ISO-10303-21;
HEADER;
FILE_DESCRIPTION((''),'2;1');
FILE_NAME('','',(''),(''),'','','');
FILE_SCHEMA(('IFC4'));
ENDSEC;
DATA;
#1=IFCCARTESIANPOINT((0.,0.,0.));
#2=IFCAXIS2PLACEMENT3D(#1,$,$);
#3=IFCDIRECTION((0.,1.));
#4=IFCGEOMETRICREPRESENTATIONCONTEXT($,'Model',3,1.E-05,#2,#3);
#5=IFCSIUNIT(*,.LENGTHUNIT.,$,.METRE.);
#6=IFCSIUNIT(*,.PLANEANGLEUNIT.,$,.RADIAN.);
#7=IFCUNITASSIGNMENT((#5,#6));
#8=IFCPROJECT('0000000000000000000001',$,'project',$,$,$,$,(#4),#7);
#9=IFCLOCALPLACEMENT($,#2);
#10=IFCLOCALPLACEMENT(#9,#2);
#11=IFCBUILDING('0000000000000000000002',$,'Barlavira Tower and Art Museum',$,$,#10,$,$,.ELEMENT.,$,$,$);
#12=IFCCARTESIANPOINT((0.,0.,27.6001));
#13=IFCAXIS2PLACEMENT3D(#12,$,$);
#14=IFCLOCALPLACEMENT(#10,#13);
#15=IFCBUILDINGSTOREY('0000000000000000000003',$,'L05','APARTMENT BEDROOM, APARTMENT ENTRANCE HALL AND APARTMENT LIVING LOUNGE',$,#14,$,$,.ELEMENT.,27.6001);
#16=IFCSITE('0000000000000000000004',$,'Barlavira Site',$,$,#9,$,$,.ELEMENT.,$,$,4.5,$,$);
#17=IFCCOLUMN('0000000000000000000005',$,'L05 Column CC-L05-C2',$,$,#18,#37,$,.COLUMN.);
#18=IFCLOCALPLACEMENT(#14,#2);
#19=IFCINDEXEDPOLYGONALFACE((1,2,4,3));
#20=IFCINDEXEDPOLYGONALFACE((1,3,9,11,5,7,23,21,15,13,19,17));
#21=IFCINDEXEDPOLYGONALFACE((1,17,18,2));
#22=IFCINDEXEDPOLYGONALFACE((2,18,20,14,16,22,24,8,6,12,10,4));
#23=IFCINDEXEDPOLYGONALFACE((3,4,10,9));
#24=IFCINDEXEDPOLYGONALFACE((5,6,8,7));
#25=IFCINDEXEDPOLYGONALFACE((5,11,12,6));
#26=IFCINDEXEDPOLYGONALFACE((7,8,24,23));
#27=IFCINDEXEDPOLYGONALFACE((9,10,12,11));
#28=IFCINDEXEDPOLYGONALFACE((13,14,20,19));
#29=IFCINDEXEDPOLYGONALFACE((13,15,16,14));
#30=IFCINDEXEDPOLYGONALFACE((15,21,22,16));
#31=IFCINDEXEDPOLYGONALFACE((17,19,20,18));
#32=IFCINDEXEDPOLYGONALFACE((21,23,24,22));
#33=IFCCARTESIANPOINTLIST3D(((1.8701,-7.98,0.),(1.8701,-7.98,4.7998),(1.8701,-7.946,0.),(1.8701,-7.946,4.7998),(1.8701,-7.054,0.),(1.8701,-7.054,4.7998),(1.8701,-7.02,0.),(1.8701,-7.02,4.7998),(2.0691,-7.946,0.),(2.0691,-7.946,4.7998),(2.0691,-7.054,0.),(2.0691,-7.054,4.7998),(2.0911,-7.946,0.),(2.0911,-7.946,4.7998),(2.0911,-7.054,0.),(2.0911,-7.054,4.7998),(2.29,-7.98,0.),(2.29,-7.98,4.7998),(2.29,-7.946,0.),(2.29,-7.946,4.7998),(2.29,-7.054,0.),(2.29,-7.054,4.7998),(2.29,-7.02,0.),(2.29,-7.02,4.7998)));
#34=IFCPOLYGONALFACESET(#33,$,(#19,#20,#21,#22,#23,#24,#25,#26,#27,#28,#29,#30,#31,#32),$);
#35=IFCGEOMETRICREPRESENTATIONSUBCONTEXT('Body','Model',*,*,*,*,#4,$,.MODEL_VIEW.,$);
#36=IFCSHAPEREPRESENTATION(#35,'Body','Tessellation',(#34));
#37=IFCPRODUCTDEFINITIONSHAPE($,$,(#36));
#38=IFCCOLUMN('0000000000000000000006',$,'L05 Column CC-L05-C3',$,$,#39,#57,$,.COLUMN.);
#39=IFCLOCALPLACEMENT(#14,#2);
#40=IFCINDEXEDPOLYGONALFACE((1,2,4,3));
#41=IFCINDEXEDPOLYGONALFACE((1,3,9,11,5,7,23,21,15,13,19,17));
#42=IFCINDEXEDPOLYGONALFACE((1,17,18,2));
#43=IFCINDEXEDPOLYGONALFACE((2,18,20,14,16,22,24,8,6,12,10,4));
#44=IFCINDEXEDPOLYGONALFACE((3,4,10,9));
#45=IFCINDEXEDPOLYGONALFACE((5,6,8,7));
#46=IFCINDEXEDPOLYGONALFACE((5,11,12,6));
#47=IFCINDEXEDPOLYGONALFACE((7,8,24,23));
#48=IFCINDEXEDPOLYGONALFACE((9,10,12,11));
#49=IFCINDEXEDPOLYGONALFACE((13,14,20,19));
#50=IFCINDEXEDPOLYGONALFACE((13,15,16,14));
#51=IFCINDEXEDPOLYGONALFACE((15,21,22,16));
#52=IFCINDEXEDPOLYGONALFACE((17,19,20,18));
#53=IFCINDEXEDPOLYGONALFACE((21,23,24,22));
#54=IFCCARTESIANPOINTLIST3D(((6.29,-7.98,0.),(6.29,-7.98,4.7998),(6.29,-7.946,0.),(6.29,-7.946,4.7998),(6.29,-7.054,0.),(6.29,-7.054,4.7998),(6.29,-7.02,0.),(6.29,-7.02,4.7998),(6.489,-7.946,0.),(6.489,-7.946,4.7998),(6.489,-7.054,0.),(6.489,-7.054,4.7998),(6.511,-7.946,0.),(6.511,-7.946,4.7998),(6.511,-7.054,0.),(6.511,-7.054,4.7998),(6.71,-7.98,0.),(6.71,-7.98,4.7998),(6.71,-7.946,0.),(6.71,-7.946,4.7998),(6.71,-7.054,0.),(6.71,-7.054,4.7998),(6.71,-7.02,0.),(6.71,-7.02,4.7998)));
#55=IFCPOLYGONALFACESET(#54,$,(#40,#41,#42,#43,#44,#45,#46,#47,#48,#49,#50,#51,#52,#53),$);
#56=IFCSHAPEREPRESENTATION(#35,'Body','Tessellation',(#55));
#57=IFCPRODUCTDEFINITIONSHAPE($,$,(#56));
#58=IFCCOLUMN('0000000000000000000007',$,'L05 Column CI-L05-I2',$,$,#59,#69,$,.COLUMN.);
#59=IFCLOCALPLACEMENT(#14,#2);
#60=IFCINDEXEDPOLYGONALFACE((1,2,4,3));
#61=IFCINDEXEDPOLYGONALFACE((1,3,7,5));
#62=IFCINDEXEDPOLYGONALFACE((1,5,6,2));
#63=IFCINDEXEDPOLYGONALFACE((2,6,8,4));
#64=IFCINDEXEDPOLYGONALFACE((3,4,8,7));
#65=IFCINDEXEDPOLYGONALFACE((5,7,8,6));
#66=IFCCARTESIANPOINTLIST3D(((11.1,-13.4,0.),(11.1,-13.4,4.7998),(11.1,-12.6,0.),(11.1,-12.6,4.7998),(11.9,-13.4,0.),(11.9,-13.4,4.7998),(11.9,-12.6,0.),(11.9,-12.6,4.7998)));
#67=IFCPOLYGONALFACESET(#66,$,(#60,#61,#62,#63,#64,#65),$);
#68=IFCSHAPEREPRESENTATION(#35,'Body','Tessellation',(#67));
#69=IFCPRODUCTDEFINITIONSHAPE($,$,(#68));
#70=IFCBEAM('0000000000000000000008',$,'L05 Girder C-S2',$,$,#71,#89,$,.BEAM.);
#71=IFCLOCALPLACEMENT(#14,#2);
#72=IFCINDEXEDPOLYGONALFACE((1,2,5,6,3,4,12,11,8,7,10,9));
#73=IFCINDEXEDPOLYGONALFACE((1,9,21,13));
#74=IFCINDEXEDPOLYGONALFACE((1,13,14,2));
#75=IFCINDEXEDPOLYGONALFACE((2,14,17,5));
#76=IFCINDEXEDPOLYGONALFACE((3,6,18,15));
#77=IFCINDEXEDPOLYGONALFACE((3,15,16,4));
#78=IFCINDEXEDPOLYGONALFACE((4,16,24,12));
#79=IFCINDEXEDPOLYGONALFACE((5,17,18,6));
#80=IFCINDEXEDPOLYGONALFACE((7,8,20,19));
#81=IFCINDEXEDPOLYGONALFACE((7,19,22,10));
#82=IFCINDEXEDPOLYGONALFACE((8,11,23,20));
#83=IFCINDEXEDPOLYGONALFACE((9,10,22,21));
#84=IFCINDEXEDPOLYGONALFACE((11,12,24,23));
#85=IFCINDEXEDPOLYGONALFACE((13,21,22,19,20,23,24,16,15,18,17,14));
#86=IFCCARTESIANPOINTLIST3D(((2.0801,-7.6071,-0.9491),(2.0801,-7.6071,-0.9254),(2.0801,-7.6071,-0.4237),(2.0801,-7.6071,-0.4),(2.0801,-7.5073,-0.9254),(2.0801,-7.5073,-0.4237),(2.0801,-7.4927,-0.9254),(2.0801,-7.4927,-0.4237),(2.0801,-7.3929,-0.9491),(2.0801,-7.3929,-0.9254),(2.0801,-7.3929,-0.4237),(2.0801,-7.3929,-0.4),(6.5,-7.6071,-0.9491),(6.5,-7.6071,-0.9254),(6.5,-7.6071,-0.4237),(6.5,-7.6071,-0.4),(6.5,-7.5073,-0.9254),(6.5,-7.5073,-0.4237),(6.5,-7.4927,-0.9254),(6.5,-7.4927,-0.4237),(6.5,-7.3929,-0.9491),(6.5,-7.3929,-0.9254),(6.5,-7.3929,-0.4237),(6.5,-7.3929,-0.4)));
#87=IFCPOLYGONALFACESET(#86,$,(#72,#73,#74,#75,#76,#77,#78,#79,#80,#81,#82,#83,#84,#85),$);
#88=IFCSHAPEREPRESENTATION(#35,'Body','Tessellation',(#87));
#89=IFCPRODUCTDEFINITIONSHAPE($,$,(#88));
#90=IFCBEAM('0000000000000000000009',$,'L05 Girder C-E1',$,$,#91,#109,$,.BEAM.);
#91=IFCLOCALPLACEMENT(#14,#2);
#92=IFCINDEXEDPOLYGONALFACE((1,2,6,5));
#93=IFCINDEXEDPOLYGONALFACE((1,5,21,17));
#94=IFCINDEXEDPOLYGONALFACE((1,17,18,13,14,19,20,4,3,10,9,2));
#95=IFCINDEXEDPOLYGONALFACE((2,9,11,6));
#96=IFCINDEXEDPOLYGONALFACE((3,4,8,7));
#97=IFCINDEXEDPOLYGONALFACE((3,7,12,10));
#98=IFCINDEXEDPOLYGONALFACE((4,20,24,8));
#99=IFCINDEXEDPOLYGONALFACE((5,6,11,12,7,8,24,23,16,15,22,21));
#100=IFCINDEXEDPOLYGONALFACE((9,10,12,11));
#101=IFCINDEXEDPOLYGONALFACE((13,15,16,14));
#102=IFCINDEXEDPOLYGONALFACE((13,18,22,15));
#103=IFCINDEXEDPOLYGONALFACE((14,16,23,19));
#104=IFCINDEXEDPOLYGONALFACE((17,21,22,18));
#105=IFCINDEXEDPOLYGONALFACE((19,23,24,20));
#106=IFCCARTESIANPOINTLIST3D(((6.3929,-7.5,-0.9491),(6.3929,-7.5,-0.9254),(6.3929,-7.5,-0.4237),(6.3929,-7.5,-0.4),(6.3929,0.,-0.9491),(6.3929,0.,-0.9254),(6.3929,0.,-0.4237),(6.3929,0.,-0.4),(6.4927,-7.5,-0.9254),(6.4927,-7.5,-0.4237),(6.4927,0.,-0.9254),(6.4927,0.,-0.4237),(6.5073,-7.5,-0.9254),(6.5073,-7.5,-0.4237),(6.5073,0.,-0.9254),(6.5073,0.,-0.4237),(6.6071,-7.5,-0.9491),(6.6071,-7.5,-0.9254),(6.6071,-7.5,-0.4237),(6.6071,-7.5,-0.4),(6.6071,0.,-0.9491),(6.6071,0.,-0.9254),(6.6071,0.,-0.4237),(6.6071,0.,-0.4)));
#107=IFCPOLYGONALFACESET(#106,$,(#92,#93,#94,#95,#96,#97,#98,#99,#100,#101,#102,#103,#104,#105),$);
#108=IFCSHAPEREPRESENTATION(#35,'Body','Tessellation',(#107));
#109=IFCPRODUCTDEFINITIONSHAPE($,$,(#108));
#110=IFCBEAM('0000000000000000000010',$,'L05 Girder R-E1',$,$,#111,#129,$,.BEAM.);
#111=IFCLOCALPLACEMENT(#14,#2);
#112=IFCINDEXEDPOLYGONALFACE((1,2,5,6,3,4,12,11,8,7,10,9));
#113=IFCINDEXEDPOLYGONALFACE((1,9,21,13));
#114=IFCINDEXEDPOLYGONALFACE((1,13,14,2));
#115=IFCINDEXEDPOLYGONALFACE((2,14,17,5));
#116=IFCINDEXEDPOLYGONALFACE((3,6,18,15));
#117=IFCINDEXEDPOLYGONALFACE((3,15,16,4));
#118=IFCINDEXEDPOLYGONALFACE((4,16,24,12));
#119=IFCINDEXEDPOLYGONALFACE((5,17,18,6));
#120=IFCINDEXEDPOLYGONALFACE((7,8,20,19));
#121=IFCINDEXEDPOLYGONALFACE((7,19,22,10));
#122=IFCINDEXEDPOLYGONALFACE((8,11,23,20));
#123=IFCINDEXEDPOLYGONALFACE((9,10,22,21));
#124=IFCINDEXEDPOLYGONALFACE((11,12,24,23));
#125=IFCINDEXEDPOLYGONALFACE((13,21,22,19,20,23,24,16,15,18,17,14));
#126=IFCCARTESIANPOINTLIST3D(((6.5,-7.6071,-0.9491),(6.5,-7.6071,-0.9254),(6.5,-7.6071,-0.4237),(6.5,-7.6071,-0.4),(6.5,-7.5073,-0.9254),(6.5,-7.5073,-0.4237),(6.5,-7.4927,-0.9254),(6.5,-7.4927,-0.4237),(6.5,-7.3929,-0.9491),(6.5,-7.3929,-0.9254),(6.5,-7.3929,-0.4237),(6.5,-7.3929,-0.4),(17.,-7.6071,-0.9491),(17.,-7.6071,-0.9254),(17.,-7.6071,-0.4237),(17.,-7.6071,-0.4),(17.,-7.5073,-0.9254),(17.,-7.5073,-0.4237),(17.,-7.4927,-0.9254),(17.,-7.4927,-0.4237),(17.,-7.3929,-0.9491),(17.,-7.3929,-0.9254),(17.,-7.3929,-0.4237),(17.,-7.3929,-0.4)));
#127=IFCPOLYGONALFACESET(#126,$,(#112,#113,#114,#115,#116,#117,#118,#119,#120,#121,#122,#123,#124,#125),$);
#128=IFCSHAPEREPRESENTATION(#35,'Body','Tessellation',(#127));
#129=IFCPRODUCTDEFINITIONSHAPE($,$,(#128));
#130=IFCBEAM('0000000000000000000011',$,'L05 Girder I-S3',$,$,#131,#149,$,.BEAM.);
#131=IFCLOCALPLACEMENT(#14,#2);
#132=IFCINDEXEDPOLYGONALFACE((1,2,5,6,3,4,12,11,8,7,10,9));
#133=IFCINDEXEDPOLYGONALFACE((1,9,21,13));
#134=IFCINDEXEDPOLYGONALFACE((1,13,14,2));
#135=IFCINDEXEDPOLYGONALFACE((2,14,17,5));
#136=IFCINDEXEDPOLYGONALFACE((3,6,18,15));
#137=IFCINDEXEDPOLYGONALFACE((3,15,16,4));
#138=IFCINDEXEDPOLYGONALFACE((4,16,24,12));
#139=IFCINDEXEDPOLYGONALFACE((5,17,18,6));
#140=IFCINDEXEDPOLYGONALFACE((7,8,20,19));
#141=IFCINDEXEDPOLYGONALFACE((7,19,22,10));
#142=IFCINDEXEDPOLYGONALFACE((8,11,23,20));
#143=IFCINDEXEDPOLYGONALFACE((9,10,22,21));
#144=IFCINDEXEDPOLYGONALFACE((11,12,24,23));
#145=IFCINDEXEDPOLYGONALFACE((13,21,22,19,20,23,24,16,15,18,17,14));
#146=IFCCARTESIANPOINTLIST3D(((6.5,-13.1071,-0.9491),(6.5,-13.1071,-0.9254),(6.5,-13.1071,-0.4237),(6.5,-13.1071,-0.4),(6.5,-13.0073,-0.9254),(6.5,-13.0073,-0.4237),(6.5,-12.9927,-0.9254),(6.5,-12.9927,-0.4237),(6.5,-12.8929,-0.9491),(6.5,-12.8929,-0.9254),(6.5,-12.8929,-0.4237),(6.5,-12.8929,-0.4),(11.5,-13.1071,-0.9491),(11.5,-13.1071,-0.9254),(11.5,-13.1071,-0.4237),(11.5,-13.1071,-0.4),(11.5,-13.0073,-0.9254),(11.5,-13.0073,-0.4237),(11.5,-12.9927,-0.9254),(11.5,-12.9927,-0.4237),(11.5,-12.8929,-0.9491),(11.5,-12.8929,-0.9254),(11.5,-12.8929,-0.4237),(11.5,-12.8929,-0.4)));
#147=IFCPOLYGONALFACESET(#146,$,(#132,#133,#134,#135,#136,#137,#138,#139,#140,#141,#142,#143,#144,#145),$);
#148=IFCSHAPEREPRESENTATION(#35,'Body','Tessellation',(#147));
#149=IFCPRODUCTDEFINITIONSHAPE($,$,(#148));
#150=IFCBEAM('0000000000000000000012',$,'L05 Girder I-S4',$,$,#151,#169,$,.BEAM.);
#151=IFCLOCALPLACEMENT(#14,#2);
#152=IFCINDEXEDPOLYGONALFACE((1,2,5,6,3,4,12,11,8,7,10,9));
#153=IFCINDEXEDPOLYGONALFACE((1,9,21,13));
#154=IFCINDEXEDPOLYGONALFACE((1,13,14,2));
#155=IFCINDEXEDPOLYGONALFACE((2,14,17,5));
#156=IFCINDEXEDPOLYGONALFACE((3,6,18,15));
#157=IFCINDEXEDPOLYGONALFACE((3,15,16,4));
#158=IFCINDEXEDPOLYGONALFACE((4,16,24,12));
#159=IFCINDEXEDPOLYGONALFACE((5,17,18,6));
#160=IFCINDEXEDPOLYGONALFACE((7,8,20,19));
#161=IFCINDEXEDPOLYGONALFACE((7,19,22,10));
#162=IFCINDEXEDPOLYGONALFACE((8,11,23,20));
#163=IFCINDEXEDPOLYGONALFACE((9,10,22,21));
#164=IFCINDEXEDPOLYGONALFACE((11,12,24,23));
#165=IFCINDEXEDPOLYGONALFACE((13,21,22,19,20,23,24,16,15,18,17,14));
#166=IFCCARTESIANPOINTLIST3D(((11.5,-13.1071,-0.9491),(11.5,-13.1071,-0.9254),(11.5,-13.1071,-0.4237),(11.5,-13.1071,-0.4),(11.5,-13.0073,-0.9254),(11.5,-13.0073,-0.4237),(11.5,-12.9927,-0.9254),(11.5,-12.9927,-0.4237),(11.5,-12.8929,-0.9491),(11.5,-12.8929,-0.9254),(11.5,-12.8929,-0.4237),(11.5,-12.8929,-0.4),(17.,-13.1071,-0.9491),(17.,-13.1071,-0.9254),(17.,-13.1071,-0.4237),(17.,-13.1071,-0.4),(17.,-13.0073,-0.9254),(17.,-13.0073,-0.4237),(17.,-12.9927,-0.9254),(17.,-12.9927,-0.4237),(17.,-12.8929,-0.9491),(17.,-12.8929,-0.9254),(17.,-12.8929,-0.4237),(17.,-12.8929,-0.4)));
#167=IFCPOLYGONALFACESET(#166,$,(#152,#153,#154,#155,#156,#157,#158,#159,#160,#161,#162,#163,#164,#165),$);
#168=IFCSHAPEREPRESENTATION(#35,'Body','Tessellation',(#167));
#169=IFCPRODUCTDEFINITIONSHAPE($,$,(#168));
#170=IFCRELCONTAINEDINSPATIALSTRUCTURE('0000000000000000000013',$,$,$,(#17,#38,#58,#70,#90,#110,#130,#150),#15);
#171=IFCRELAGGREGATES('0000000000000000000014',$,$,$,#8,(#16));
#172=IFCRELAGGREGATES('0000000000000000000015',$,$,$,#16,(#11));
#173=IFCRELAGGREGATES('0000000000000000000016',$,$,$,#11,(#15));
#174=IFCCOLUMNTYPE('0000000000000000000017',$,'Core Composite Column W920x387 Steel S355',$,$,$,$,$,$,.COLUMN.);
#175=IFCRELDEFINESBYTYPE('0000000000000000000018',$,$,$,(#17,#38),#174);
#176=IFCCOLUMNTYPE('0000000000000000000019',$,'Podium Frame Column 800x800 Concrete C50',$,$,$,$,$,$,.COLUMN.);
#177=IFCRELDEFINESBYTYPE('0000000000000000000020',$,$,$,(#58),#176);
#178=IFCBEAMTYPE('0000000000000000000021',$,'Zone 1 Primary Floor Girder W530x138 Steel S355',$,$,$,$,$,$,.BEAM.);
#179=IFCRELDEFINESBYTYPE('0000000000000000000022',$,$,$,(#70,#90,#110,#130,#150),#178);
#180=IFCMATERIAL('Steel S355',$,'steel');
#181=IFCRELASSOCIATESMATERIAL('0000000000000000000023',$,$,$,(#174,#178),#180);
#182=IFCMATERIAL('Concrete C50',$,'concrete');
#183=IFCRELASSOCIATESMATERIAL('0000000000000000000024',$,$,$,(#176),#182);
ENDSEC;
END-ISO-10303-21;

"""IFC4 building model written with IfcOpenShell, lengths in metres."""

from ifc_helpers import new_model, si_unit, direction, frame, origin, origin_2d, place, context, subcontext, project, spatial, rectangle, i_section, extrude, material, material_profile, profile_set, type_object, element, save


model = new_model("IFC4")

# Units and contexts
model_context = context("Model", 3, precision=1e-05, world=origin(), true_north=direction((0.0, 1.0)))
body_context = subcontext(model_context, "Body", "Model", "MODEL_VIEW")
ifc_project = project(units=[si_unit("LENGTHUNIT", "METRE"), si_unit("PLANEANGLEUNIT", "RADIAN")], contexts=[model_context])

# Site, building, storey
site_placement = place(None, origin())
site = spatial("IfcSite", under=ifc_project, at=site_placement, Name="Barlavira Site", CompositionType="ELEMENT", RefElevation=4.5)
building_placement = place(site_placement, origin())
building = spatial("IfcBuilding", under=site, at=building_placement, Name="Barlavira Tower and Art Museum", CompositionType="ELEMENT")
storey_placement = place(building_placement, frame((0.0, 0.0, 27.6001)))
storey = spatial("IfcBuildingStorey", under=building, at=storey_placement, Name="L05", Description="APARTMENT BEDROOM, APARTMENT ENTRANCE HALL AND APARTMENT LIVING LOUNGE", CompositionType="ELEMENT", Elevation=27.6001)

# Columns
ifc_material_1 = material(Name="Steel S355", Category="steel")
ifc_material_profile_1 = material_profile(ifc_material_1, i_section(OverallWidth=0.4199, OverallDepth=0.96, WebThickness=0.022, FlangeThickness=0.0339, at=origin_2d()), Name="W920x387.0")
ifc_profile_set_1 = profile_set([ifc_material_profile_1], Name="Steel S355")
column_type_1 = type_object("IfcColumnType", Name="Core Composite Column W920x387 Steel S355", PredefinedType="COLUMN", material=ifc_profile_set_1)
for number, where, z_axis, x_axis, name in (
    (1, (2.0801, -7.5, 0.0), (0.0, 0.0, 1.0), (1.0, 0.0, 0.0), "L05 Column CC-L05-C2"),
    (2, (6.5, -7.5, 0.0), (0.0, 0.0, 1.0), (1.0, 0.0, 0.0), "L05 Column CC-L05-C3"),
):
    element("IfcColumn", number, at=place(storey_placement, frame(where, z_axis=z_axis, x_axis=x_axis)), inside=storey, type_object=column_type_1, Name=name, PredefinedType="COLUMN", context=body_context, shape_type="SweptSolid", body=[
        extrude(i_section(OverallWidth=0.4199, OverallDepth=0.96, WebThickness=0.022, FlangeThickness=0.0339, at=origin_2d()), origin(), (0.0, 0.0, 1.0), 4.7998),
    ])
ifc_material_2 = material(Name="Concrete C50", Category="concrete")
ifc_material_profile_2 = material_profile(ifc_material_2, rectangle(XDim=0.8, YDim=0.8, at=origin_2d()), Name="RC-COL 800x800")
ifc_profile_set_2 = profile_set([ifc_material_profile_2], Name="Concrete C50")
column_type_2 = type_object("IfcColumnType", Name="Podium Frame Column 800x800 Concrete C50", PredefinedType="COLUMN", material=ifc_profile_set_2)
column_placement = place(storey_placement, frame((11.5, -13.0, 0.0), z_axis=(0.0, 0.0, 1.0), x_axis=(1.0, 0.0, 0.0)))
element("IfcColumn", 3, at=column_placement, inside=storey, type_object=column_type_2, Name="L05 Column CI-L05-I2", PredefinedType="COLUMN", context=body_context, shape_type="SweptSolid", body=[
    extrude(rectangle(XDim=0.8, YDim=0.8, at=origin_2d()), origin(), (0.0, 0.0, 1.0), 4.7998),
])

# Beams
ifc_material_profile_3 = material_profile(ifc_material_1, i_section(OverallWidth=0.2141, OverallDepth=0.5491, WebThickness=0.0146, FlangeThickness=0.0237, at=origin_2d()), Name="W530x138.0")
ifc_profile_set_3 = profile_set([ifc_material_profile_3], Name="Steel S355")
beam_type = type_object("IfcBeamType", Name="Zone 1 Primary Floor Girder W530x138 Steel S355", PredefinedType="BEAM", material=ifc_profile_set_3)
beam_1_placement = place(storey_placement, frame((2.0801, -7.5, -0.6746), z_axis=(1.0, 0.0, 0.0), x_axis=(0.0, 1.0, 0.0)))
element("IfcBeam", 4, at=beam_1_placement, inside=storey, type_object=beam_type, Name="L05 Girder C-S2", PredefinedType="BEAM", context=body_context, shape_type="SweptSolid", body=[
    extrude(i_section(OverallWidth=0.2141, OverallDepth=0.5491, WebThickness=0.0146, FlangeThickness=0.0237, at=origin_2d()), origin(), (0.0, 0.0, 1.0), 4.4199),
])
beam_2_placement = place(storey_placement, frame((6.5, -7.5, -0.6746), z_axis=(0.0, 1.0, 0.0), x_axis=(-1.0, 0.0, 0.0)))
element("IfcBeam", 5, at=beam_2_placement, inside=storey, type_object=beam_type, Name="L05 Girder C-E1", PredefinedType="BEAM", context=body_context, shape_type="SweptSolid", body=[
    extrude(i_section(OverallWidth=0.2141, OverallDepth=0.5491, WebThickness=0.0146, FlangeThickness=0.0237, at=origin_2d()), origin(), (0.0, 0.0, 1.0), 7.5),
])
beam_3_placement = place(storey_placement, frame((6.5, -7.5, -0.6746), z_axis=(1.0, 0.0, 0.0), x_axis=(0.0, 1.0, 0.0)))
element("IfcBeam", 6, at=beam_3_placement, inside=storey, type_object=beam_type, Name="L05 Girder R-E1", PredefinedType="BEAM", context=body_context, shape_type="SweptSolid", body=[
    extrude(i_section(OverallWidth=0.2141, OverallDepth=0.5491, WebThickness=0.0146, FlangeThickness=0.0237, at=origin_2d()), origin(), (0.0, 0.0, 1.0), 10.5),
])
beam_4_placement = place(storey_placement, frame((6.5, -13.0, -0.6746), z_axis=(1.0, 0.0, 0.0), x_axis=(0.0, 1.0, 0.0)))
element("IfcBeam", 7, at=beam_4_placement, inside=storey, type_object=beam_type, Name="L05 Girder I-S3", PredefinedType="BEAM", context=body_context, shape_type="SweptSolid", body=[
    extrude(i_section(OverallWidth=0.2141, OverallDepth=0.5491, WebThickness=0.0146, FlangeThickness=0.0237, at=origin_2d()), origin(), (0.0, 0.0, 1.0), 5.0),
])
beam_5_placement = place(storey_placement, frame((11.5, -13.0, -0.6746), z_axis=(1.0, 0.0, 0.0), x_axis=(0.0, 1.0, 0.0)))
element("IfcBeam", 8, at=beam_5_placement, inside=storey, type_object=beam_type, Name="L05 Girder I-S4", PredefinedType="BEAM", context=body_context, shape_type="SweptSolid", body=[
    extrude(i_section(OverallWidth=0.2141, OverallDepth=0.5491, WebThickness=0.0146, FlangeThickness=0.0237, at=origin_2d()), origin(), (0.0, 0.0, 1.0), 5.5),
])

save(model, "model.ifc")
